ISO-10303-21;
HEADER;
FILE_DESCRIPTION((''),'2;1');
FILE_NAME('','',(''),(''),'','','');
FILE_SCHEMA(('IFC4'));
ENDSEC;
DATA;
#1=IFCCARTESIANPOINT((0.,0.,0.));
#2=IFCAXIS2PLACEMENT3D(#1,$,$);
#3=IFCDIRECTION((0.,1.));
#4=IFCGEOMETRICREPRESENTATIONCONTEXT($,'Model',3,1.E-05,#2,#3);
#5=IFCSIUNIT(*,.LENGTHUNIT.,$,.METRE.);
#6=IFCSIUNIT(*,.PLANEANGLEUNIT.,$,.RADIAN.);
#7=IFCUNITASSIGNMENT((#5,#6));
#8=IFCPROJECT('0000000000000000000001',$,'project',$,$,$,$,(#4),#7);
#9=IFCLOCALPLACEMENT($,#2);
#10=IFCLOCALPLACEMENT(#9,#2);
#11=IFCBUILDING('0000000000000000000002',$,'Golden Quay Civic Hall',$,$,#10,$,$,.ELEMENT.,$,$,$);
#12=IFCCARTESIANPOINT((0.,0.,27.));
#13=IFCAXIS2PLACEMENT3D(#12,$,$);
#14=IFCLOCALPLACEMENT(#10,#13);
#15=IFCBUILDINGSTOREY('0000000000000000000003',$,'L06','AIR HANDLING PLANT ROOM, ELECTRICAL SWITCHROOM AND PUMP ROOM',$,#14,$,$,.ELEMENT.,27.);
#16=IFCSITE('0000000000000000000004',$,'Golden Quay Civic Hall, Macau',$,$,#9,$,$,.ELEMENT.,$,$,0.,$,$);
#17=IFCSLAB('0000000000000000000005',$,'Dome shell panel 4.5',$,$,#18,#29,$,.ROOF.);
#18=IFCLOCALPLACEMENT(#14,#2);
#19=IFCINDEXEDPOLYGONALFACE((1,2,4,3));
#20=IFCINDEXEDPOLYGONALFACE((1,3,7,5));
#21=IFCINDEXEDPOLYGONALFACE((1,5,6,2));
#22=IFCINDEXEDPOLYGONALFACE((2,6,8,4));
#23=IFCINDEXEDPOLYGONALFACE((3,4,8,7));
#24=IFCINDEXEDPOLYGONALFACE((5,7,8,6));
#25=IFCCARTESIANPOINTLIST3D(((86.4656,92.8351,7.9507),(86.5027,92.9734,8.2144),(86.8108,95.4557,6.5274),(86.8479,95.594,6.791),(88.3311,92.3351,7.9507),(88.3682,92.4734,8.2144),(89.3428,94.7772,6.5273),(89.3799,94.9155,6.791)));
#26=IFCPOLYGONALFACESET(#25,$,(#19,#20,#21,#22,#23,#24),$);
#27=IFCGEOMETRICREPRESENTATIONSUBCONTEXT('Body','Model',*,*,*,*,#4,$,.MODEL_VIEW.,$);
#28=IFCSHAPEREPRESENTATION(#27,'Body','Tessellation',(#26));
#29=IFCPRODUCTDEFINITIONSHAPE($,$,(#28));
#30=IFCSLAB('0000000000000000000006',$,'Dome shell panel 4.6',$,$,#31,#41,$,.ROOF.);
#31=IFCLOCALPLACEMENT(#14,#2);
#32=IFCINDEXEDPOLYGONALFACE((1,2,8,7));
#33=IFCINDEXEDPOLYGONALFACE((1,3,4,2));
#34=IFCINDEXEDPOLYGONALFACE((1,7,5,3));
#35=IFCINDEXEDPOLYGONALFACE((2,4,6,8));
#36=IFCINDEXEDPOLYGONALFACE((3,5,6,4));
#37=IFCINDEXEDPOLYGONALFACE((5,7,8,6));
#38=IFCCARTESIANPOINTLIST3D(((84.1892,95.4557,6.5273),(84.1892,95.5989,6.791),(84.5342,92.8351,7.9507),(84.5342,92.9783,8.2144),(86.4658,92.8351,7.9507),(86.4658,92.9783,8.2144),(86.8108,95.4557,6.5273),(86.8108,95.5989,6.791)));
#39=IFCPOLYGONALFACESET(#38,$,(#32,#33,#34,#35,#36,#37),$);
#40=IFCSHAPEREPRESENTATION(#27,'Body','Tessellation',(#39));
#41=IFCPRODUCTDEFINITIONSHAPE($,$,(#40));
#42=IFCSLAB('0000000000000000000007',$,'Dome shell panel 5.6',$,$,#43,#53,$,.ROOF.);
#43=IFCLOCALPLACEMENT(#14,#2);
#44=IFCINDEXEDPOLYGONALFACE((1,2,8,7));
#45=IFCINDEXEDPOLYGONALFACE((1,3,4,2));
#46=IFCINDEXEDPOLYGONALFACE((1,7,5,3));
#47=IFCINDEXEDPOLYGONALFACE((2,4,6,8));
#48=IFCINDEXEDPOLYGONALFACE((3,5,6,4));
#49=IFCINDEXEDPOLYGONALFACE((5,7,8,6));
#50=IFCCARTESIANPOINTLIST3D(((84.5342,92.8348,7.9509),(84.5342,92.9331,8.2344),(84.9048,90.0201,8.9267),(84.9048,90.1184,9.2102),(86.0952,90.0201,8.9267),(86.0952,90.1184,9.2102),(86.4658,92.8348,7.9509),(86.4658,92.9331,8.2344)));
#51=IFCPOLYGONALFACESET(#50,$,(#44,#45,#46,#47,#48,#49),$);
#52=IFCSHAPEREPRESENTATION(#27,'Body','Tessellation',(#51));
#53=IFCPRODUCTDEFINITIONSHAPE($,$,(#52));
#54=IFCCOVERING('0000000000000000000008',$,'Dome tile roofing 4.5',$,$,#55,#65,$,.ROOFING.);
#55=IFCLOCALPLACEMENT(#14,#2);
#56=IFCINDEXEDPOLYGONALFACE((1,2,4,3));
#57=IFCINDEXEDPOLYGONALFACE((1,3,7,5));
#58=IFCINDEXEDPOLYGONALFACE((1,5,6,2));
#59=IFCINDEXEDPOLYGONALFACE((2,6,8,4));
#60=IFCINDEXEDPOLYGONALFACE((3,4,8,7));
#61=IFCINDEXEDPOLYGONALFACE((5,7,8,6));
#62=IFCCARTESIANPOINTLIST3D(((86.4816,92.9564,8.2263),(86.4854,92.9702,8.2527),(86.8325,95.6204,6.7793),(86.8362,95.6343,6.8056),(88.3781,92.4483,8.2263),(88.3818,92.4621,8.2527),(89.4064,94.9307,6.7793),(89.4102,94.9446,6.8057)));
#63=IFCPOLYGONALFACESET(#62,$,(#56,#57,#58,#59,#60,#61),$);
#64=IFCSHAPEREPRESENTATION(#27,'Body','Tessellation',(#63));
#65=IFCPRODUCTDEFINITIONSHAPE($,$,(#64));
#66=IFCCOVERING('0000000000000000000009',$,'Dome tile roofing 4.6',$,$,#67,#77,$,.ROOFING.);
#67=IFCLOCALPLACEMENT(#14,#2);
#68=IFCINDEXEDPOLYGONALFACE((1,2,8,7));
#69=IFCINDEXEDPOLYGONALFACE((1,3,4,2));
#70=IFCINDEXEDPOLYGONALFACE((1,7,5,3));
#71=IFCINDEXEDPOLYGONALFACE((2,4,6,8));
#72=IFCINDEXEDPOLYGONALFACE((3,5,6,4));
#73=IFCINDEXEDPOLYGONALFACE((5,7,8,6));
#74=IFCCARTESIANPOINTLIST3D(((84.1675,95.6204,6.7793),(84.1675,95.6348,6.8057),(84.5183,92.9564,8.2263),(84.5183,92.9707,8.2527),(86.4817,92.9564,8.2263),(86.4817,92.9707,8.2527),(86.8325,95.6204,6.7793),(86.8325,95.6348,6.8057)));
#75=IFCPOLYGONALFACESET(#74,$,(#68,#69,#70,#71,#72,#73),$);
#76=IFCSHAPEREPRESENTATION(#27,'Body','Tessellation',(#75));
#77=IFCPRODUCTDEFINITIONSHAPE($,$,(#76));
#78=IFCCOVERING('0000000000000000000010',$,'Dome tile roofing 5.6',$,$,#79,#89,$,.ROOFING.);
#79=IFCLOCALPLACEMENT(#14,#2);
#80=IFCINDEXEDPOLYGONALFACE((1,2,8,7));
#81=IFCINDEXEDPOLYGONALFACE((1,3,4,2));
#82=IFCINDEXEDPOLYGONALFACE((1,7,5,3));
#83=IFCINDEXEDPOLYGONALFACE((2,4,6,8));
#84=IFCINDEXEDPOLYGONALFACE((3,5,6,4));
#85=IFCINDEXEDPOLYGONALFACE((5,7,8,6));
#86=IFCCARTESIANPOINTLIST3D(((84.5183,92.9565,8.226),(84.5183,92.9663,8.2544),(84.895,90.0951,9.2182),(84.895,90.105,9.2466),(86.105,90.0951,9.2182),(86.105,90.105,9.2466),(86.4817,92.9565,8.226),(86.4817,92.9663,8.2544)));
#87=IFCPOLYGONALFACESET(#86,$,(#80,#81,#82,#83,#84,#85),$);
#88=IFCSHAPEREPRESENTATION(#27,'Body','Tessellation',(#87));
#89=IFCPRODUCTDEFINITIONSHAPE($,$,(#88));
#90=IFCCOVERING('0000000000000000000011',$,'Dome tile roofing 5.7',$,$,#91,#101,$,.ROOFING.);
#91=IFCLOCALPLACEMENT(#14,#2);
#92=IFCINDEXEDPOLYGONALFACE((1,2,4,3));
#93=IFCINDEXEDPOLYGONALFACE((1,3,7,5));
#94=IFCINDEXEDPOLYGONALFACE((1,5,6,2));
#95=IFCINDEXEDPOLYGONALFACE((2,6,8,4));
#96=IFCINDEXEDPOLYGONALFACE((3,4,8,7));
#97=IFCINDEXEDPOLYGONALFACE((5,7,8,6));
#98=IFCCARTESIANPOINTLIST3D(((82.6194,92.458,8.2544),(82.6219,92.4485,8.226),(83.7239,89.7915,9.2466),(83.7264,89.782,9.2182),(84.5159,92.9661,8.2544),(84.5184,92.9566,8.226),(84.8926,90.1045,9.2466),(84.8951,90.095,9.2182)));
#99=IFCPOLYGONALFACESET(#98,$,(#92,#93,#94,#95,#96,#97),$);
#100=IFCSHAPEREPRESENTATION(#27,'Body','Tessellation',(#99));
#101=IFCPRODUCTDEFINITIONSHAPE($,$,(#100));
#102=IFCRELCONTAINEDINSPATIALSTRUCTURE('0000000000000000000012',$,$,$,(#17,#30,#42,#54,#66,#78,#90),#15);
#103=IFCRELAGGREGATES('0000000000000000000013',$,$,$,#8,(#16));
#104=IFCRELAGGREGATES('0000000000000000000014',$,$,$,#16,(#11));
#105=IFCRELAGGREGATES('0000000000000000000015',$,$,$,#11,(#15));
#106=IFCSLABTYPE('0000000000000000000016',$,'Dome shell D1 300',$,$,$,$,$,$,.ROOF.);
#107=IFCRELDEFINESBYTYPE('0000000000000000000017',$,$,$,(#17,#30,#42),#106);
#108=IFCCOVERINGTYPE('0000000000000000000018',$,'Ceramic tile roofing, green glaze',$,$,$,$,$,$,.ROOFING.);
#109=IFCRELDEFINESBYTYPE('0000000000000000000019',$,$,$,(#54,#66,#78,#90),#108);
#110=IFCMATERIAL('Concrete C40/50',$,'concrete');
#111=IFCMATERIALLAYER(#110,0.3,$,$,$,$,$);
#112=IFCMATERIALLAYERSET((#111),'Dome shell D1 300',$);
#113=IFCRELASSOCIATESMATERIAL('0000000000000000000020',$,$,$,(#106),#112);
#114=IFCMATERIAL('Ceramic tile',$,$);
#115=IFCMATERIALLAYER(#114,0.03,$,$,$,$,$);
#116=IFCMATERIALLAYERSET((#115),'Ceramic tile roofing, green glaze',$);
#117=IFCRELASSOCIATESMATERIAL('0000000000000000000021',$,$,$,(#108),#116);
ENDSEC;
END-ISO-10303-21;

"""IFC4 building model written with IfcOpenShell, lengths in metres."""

from ifc_helpers import new_model, si_unit, direction, frame, origin, place, context, subcontext, project, spatial, polyline, outline, extrude, material, layer, layer_set, type_object, element, save


model = new_model("IFC4")

# Units and contexts
model_context = context("Model", 3, precision=1e-05, world=origin(), true_north=direction((0.0, 1.0)))
body_context = subcontext(model_context, "Body", "Model", "MODEL_VIEW")
ifc_project = project(units=[si_unit("LENGTHUNIT", "METRE"), si_unit("PLANEANGLEUNIT", "RADIAN")], contexts=[model_context])

# Site, building, storey
site_placement = place(None, origin())
site = spatial("IfcSite", under=ifc_project, at=site_placement, Name="Golden Quay Civic Hall, Macau", CompositionType="ELEMENT", RefElevation=0.0)
building_placement = place(site_placement, origin())
building = spatial("IfcBuilding", under=site, at=building_placement, Name="Golden Quay Civic Hall", CompositionType="ELEMENT")
storey_placement = place(building_placement, frame((0.0, 0.0, 27.0)))
storey = spatial("IfcBuildingStorey", under=building, at=storey_placement, Name="L06", Description="AIR HANDLING PLANT ROOM, ELECTRICAL SWITCHROOM AND PUMP ROOM", CompositionType="ELEMENT", Elevation=27.0)

# Slabs
ifc_material_1 = material(Name="Concrete C40/50", Category="concrete")
ifc_layer_1 = layer(ifc_material_1, 0.3)
ifc_layer_set_1 = layer_set([ifc_layer_1], Name="Dome shell D1 300")
slab_type = type_object("IfcSlabType", Name="Dome shell D1 300", PredefinedType="ROOF", material=ifc_layer_set_1)
slab_1_placement = place(storey_placement, frame((89.3799, 94.9155, 6.791), z_axis=(0.123542, 0.460997, 0.87876), x_axis=(-0.965922, 0.258834, 0.000011)))
element("IfcSlab", 1, at=slab_1_placement, inside=storey, type_object=slab_type, Name="Dome shell panel 4.5", PredefinedType="ROOF", context=body_context, shape_type="SweptSolid", body=[
    extrude(outline(polyline([(0.0, 0.0), (2.6213, 0.0), (2.2765, 2.9822), (0.3451, 2.9823), (0.0, 0.0)])), origin(), (0.0, 0.0, -1.0), 0.3),
])
slab_2_placement = place(storey_placement, frame((86.8108, 95.5989, 6.791), z_axis=(0.0, 0.47728, 0.878751), x_axis=(-1.0, 0.0, 0.0)))
element("IfcSlab", 2, at=slab_2_placement, inside=storey, type_object=slab_type, Name="Dome shell panel 4.6", PredefinedType="ROOF", context=body_context, shape_type="SweptSolid", body=[
    extrude(outline(polyline([(0.0, 0.0), (2.6216, 0.0), (2.2766, 2.9822), (0.345, 2.9822), (0.0, 0.0)])), origin(), (0.0, 0.0, -1.0), 0.3),
])
slab_3_placement = place(storey_placement, frame((86.4658, 92.9331, 8.2344), z_axis=(0.0, 0.327564, 0.944829), x_axis=(-1.0, 0.0, 0.0)))
element("IfcSlab", 3, at=slab_3_placement, inside=storey, type_object=slab_type, Name="Dome shell panel 5.6", PredefinedType="ROOF", context=body_context, shape_type="SweptSolid", body=[
    extrude(outline(polyline([(0.0, 0.0), (1.9316, 0.0), (1.561, 2.9791), (0.3706, 2.9791), (0.0, 0.0)])), origin(), (0.0, 0.0, -1.0), 0.3),
])

# Coverings
ifc_material_2 = material(Name="Ceramic tile")
ifc_layer_2 = layer(ifc_material_2, 0.03)
ifc_layer_set_2 = layer_set([ifc_layer_2], Name="Ceramic tile roofing, green glaze")
covering_type = type_object("IfcCoveringType", Name="Ceramic tile roofing, green glaze", PredefinedType="ROOFING", material=ifc_layer_set_2)
covering_1_placement = place(storey_placement, frame((89.4102, 94.9446, 6.8057), z_axis=(0.123525, 0.461042, 0.878739), x_axis=(-0.965927, 0.258815, -0.000009)))
element("IfcCovering", 4, at=covering_1_placement, inside=storey, type_object=covering_type, Name="Dome tile roofing 4.5", PredefinedType="ROOFING", context=body_context, shape_type="SweptSolid", body=[
    extrude(outline(polyline([(0.0, 0.0), (2.6648, 0.0), (2.3141, 3.0317), (0.3508, 3.0316), (0.0, 0.0)])), origin(), (0.0, 0.0, -1.0), 0.03),
])
covering_2_placement = place(storey_placement, frame((86.8325, 95.6348, 6.8057), z_axis=(0.0, 0.4773, 0.878741), x_axis=(-1.0, 0.0, 0.0)))
element("IfcCovering", 5, at=covering_2_placement, inside=storey, type_object=covering_type, Name="Dome tile roofing 4.6", PredefinedType="ROOFING", context=body_context, shape_type="SweptSolid", body=[
    extrude(outline(polyline([(0.0, 0.0), (2.665, 0.0), (2.3142, 3.0317), (0.3508, 3.0317), (0.0, 0.0)])), origin(), (0.0, 0.0, -1.0), 0.03),
])
covering_3_placement = place(storey_placement, frame((86.4817, 92.9663, 8.2544), z_axis=(0.0, 0.32762, 0.94481), x_axis=(-1.0, 0.0, 0.0)))
element("IfcCovering", 6, at=covering_3_placement, inside=storey, type_object=covering_type, Name="Dome tile roofing 5.6", PredefinedType="ROOFING", context=body_context, shape_type="SweptSolid", body=[
    extrude(outline(polyline([(0.0, 0.0), (1.9634, 0.0), (1.5867, 3.0285), (0.3767, 3.0285), (0.0, 0.0)])), origin(), (0.0, 0.0, -1.0), 0.03),
])
covering_4_placement = place(storey_placement, frame((84.5159, 92.9661, 8.2544), z_axis=(-0.084763, 0.316443, 0.944817), x_axis=(-0.96594, -0.258766, 0.000009)))
element("IfcCovering", 7, at=covering_4_placement, inside=storey, type_object=covering_type, Name="Dome tile roofing 5.7", PredefinedType="ROOFING", context=body_context, shape_type="SweptSolid", body=[
    extrude(outline(polyline([(0.0, 0.0), (1.9634, 0.0), (1.5865, 3.0286), (0.3766, 3.0287), (0.0, 0.0)])), origin(), (0.0, 0.0, -1.0), 0.03),
])

save(model, "model.ifc")
